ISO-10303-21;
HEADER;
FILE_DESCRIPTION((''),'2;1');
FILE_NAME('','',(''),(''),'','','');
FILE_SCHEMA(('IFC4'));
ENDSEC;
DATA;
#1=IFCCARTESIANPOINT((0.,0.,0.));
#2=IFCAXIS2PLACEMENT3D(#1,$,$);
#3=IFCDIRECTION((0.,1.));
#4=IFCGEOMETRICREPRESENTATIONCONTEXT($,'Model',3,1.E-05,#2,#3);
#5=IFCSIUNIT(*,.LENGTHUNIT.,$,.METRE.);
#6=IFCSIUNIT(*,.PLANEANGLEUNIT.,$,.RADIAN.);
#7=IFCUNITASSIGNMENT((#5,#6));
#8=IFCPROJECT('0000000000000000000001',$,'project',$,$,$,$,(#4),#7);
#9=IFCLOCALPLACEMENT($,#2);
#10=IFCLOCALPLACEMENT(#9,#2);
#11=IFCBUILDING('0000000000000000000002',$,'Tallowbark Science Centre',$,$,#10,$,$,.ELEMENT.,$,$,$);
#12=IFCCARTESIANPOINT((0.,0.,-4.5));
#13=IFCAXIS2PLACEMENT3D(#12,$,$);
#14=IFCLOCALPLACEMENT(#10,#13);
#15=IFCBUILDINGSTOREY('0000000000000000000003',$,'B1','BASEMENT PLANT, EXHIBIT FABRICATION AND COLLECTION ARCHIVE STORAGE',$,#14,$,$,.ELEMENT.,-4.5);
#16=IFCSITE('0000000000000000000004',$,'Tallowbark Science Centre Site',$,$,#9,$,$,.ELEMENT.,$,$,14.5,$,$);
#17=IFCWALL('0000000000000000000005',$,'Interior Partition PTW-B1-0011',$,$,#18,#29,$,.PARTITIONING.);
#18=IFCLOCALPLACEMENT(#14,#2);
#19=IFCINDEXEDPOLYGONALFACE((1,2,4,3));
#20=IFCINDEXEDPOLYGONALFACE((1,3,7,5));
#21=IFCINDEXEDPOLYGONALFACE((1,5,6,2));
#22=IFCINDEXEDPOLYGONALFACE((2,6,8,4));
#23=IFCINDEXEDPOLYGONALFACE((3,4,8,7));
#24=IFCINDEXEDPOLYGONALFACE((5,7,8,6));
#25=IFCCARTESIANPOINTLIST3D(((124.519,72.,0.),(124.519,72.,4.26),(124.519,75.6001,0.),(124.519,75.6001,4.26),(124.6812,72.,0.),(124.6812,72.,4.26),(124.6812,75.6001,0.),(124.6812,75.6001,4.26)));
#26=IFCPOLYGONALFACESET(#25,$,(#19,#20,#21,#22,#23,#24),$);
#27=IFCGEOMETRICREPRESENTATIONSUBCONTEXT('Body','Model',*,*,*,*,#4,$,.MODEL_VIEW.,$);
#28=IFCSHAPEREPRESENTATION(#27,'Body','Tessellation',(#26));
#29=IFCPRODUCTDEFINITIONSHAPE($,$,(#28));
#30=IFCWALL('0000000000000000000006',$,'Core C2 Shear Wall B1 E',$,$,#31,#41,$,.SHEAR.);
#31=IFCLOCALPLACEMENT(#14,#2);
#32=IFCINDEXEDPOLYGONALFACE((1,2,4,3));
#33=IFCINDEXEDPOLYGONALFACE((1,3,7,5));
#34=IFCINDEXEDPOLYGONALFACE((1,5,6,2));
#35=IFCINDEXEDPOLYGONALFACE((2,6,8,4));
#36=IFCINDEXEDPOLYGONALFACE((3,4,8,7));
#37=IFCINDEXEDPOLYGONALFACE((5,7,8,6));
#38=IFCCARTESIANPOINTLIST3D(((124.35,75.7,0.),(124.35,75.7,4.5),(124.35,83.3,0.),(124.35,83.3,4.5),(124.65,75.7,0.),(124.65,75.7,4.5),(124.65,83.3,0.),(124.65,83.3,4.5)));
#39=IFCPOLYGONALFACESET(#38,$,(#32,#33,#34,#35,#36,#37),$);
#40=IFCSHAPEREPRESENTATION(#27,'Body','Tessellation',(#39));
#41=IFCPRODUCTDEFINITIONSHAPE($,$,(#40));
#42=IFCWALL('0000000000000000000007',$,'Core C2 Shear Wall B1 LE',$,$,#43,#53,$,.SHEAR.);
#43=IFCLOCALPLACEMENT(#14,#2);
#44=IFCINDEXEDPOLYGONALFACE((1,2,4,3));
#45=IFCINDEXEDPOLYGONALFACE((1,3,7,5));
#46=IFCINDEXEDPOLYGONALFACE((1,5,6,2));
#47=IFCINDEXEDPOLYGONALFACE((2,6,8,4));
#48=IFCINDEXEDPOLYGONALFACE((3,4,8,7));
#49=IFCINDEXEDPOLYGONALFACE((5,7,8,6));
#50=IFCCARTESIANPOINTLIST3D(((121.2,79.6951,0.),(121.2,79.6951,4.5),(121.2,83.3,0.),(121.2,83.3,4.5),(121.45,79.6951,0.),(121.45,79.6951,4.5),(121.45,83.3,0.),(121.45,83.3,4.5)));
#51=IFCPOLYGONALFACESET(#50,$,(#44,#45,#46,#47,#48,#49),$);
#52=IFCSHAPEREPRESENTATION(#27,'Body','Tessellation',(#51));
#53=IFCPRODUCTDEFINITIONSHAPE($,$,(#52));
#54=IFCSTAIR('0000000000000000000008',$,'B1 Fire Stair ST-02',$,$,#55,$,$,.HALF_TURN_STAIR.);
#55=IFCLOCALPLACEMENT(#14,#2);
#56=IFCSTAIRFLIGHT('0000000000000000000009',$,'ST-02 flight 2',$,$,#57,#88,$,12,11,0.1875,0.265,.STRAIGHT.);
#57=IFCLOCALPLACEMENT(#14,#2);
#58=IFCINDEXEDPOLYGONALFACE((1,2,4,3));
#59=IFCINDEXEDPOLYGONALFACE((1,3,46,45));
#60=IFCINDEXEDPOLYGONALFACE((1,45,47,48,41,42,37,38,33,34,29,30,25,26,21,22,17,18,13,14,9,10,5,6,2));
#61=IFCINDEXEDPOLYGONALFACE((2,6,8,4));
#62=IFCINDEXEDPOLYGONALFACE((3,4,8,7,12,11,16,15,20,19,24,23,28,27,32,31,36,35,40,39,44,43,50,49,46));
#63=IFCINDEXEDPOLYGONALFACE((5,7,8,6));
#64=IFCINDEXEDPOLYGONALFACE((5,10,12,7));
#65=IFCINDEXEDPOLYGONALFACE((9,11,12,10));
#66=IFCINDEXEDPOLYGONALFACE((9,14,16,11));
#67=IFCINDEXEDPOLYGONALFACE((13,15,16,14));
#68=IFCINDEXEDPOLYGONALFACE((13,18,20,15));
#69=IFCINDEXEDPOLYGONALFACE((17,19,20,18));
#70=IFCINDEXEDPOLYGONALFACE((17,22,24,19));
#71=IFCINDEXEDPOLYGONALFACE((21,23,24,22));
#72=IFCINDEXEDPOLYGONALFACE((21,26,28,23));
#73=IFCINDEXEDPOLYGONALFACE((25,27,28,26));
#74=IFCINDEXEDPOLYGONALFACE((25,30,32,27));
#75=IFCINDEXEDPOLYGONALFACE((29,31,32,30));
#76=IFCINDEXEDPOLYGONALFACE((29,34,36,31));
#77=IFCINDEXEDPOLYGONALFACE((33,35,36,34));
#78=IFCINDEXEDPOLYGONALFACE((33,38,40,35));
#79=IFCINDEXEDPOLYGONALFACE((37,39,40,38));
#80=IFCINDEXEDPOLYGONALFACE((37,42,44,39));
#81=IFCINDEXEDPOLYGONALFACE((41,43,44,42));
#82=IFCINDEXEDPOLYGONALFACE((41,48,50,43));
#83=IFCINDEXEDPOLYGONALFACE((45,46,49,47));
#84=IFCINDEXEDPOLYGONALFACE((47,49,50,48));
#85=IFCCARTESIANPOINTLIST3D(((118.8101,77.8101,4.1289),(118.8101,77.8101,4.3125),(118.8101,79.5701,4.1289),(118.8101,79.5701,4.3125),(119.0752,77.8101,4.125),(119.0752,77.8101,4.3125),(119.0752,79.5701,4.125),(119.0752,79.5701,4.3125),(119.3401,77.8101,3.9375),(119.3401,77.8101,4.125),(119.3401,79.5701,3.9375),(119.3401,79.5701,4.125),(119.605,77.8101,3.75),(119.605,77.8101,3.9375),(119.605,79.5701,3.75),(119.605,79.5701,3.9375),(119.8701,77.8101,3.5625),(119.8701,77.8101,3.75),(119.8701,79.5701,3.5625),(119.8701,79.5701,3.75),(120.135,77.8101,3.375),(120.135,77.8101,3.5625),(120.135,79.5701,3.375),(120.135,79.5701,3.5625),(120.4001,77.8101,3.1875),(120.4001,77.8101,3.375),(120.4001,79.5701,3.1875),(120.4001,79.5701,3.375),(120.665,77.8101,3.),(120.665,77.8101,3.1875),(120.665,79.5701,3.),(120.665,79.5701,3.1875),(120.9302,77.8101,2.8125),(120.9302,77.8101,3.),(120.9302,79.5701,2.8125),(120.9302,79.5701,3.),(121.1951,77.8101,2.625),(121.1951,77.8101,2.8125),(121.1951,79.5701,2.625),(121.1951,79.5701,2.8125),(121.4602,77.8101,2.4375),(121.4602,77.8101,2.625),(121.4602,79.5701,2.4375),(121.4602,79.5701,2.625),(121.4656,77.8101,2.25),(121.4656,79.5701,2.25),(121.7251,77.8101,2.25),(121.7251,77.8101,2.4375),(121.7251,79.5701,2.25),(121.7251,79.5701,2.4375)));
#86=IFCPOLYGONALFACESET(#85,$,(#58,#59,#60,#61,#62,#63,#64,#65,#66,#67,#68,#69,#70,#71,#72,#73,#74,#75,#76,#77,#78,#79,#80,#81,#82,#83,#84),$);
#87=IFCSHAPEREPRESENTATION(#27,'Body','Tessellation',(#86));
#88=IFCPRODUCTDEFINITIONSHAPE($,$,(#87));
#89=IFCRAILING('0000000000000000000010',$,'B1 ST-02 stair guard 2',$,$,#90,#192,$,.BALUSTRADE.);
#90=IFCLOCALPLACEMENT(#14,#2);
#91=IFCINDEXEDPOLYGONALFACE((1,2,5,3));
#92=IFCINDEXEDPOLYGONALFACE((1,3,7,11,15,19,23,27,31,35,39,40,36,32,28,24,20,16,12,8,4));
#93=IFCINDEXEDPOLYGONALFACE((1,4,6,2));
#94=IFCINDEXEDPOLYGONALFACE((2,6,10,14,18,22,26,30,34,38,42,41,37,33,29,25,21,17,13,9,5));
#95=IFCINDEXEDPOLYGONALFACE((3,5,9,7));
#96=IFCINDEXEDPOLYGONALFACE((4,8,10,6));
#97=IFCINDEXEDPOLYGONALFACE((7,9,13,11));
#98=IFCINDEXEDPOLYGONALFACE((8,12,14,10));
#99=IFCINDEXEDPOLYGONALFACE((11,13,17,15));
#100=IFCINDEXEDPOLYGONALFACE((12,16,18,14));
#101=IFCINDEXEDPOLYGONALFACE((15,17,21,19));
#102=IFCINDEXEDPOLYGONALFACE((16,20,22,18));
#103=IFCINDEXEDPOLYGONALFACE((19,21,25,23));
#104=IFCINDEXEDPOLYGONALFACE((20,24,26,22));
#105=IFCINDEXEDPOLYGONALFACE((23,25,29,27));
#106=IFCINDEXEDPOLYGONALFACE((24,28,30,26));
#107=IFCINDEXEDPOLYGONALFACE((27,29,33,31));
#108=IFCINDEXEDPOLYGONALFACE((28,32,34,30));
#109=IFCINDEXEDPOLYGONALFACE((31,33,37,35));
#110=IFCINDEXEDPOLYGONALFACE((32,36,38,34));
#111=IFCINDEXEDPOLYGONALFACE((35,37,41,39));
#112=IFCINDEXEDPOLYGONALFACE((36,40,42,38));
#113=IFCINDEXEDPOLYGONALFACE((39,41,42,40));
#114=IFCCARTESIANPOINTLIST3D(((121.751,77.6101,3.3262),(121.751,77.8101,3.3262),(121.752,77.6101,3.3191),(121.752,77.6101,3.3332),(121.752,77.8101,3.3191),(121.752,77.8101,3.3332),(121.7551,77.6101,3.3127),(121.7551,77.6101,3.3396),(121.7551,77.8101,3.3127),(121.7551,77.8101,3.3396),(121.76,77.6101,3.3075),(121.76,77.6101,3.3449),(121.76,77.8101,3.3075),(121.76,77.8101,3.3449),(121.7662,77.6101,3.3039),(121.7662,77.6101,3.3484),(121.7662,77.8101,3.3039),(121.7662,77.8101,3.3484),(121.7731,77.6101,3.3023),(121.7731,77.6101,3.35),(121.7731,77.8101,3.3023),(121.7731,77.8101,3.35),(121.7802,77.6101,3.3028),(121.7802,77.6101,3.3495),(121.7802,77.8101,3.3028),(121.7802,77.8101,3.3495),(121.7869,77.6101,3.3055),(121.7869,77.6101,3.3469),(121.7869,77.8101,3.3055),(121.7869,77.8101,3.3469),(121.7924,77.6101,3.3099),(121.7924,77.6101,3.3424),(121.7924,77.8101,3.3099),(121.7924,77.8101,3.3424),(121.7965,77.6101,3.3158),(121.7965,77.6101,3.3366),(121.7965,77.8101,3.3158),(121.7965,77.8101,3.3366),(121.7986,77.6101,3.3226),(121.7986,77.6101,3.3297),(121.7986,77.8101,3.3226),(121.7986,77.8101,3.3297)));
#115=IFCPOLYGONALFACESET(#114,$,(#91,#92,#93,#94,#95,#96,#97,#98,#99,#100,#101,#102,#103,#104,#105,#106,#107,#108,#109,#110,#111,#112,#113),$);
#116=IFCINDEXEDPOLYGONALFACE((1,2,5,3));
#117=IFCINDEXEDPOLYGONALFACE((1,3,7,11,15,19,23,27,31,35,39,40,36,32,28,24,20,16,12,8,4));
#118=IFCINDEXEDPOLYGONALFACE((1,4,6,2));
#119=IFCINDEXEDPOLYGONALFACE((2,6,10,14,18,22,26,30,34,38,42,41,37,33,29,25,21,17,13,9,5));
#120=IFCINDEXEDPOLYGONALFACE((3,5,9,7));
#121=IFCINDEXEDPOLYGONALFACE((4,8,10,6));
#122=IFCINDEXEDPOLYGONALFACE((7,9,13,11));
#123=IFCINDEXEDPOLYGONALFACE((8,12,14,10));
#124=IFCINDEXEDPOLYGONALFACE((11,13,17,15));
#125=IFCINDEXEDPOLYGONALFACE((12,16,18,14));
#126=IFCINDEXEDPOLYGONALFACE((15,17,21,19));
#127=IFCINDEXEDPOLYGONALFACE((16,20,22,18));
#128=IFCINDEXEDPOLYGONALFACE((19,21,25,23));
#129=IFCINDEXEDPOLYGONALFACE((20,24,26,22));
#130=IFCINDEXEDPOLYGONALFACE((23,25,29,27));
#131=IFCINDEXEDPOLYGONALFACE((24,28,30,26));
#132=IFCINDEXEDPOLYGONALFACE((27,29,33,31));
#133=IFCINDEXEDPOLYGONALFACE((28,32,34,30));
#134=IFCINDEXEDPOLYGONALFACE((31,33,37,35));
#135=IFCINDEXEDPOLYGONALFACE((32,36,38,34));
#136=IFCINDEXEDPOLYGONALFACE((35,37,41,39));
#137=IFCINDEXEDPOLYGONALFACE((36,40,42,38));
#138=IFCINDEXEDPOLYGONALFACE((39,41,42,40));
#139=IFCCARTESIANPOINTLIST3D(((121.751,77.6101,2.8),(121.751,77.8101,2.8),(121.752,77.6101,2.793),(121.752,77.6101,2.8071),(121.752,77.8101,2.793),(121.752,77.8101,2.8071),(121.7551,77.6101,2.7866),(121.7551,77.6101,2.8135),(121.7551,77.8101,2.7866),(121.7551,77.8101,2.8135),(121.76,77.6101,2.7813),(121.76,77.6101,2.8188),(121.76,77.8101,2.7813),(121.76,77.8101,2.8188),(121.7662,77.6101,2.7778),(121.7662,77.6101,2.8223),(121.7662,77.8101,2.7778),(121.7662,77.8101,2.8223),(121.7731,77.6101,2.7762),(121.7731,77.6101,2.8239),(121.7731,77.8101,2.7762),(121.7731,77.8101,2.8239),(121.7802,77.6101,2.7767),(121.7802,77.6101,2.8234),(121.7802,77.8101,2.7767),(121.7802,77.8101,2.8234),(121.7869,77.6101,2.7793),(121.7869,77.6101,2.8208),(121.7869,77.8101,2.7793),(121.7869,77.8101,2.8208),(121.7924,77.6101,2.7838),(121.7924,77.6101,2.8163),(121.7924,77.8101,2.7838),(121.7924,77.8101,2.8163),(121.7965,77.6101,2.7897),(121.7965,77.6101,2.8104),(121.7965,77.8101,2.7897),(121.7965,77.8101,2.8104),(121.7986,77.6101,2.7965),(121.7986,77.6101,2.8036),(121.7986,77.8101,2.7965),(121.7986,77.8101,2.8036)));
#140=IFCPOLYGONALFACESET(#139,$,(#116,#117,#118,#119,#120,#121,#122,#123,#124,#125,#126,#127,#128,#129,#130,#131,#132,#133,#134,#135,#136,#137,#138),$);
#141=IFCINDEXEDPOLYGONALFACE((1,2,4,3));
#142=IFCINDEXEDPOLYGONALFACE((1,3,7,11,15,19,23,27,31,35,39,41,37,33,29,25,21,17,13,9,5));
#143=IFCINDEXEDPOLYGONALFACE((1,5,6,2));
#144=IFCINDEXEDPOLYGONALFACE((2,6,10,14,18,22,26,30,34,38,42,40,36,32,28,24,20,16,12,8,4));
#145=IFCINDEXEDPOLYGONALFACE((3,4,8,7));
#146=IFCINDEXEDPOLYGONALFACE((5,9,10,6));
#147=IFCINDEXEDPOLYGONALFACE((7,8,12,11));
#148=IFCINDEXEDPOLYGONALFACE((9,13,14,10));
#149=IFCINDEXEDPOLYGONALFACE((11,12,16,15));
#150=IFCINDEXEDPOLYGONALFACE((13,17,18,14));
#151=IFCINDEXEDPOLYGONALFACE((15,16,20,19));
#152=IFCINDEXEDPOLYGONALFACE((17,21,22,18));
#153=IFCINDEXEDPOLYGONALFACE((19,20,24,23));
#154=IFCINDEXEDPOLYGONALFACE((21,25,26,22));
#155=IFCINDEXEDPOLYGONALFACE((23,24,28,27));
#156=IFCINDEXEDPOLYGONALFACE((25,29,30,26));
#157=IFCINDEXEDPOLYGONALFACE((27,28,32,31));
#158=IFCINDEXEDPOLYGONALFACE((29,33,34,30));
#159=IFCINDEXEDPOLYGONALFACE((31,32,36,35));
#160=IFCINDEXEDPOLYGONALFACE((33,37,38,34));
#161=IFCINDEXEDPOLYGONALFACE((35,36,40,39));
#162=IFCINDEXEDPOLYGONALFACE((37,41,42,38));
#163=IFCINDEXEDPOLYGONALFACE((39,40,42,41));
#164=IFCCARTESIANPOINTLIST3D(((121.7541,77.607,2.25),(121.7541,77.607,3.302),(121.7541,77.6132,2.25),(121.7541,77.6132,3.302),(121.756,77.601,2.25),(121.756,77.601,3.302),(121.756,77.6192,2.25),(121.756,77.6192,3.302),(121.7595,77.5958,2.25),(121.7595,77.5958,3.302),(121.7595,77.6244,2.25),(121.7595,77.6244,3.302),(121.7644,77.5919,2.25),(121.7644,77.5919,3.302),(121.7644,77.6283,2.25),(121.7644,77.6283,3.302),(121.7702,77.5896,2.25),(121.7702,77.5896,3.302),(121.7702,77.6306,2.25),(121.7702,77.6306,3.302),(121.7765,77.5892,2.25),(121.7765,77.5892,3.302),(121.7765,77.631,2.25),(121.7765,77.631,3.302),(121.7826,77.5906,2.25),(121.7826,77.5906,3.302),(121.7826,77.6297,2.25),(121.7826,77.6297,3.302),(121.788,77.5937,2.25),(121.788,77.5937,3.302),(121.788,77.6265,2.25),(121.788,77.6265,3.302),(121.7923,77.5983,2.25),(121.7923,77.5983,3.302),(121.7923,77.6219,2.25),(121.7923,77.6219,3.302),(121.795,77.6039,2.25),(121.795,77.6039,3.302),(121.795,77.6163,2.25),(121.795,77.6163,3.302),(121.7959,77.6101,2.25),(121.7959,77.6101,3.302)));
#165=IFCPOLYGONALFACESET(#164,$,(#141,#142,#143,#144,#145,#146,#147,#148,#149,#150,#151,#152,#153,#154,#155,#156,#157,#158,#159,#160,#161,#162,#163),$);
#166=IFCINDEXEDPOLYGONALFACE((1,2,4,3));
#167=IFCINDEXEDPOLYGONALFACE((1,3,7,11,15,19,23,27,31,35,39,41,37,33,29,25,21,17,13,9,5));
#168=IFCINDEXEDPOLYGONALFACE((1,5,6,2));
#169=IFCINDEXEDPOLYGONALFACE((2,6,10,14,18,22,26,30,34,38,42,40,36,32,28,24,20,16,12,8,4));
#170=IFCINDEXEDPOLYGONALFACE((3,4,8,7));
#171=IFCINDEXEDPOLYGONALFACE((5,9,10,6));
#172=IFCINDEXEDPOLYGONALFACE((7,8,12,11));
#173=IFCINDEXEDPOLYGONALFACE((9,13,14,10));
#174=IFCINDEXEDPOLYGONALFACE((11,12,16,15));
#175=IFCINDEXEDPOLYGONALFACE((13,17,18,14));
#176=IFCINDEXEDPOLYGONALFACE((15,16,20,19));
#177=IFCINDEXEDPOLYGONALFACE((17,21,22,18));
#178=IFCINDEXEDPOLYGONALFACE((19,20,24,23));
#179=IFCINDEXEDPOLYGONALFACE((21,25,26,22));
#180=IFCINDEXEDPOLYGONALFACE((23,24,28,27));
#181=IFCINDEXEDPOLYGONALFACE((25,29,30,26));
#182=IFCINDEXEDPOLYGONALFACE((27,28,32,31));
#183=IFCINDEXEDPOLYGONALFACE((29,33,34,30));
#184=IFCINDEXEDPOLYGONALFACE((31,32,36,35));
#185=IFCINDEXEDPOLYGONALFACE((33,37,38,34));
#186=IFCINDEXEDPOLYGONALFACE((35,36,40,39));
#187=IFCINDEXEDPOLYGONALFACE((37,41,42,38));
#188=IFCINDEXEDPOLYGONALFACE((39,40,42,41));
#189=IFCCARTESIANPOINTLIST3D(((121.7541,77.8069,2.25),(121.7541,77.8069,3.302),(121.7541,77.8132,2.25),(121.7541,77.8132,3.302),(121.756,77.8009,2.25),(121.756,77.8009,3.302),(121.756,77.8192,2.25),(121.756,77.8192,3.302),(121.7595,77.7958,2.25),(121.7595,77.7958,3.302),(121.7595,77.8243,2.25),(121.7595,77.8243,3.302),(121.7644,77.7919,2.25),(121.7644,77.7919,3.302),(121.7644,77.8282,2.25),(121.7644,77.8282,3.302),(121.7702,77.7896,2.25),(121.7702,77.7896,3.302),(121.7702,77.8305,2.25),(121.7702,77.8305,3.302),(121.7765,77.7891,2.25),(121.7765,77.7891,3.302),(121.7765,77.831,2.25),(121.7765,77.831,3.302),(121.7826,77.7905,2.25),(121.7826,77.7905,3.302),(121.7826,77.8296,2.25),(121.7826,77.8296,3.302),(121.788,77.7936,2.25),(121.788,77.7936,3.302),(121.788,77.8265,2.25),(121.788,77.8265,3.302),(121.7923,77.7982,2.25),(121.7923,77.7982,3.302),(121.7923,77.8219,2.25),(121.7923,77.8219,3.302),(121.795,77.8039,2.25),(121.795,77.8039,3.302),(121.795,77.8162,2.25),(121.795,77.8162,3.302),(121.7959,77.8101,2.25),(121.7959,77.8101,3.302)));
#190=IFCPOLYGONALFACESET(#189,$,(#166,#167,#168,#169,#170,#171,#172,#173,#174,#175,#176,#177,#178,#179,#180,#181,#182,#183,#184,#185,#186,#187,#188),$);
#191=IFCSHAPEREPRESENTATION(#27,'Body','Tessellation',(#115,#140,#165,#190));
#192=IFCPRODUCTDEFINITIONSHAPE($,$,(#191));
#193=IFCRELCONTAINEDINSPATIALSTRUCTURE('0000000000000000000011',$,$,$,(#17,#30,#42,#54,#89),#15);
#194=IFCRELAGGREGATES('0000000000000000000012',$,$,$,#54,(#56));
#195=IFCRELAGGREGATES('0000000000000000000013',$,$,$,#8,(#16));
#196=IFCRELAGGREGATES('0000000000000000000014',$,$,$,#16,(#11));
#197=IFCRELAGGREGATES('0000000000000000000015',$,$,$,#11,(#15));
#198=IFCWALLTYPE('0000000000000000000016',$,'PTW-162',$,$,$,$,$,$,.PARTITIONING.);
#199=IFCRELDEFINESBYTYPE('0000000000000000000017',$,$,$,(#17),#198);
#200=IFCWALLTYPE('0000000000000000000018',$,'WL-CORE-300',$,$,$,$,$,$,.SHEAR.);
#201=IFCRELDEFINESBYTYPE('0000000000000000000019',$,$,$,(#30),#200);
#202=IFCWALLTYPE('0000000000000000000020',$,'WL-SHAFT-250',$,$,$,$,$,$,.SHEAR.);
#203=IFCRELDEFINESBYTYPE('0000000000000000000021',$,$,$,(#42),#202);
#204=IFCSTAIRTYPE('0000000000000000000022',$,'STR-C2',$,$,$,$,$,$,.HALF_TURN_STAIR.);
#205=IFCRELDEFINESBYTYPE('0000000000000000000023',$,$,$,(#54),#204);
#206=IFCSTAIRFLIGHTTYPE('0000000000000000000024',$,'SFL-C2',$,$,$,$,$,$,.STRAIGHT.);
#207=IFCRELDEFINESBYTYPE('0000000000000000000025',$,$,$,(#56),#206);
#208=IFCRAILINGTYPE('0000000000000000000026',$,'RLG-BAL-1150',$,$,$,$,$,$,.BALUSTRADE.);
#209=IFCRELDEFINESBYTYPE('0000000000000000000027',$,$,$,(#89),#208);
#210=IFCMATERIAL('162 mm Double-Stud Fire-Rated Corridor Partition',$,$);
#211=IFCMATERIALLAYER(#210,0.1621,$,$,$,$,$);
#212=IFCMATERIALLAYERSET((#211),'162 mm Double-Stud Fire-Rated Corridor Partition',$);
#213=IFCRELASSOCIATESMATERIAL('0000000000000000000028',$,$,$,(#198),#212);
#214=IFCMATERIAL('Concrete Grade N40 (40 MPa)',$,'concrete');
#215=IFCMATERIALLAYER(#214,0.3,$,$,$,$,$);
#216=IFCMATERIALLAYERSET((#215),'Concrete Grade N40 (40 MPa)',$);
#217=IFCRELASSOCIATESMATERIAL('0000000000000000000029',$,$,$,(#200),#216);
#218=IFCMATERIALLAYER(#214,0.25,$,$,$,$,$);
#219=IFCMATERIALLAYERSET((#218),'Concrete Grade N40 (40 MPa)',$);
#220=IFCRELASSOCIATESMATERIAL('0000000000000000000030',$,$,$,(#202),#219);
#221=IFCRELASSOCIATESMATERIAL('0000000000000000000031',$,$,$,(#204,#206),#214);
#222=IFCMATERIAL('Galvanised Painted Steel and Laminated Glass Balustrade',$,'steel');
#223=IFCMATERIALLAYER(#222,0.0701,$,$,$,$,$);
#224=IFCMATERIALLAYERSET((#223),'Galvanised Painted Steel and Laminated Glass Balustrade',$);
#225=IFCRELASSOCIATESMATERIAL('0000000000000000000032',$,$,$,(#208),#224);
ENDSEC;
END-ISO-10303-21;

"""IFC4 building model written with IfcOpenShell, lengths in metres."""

from ifc_helpers import new_model, si_unit, direction, frame, frame_2d, origin, origin_2d, place, context, subcontext, project, spatial, polyline, rectangle, circle, outline, extrude, material, layer, layer_set, type_object, element, aggregate, save


model = new_model("IFC4")

# Units and contexts
model_context = context("Model", 3, precision=1e-05, world=origin(), true_north=direction((0.0, 1.0)))
body_context = subcontext(model_context, "Body", "Model", "MODEL_VIEW")
ifc_project = project(units=[si_unit("LENGTHUNIT", "METRE"), si_unit("PLANEANGLEUNIT", "RADIAN")], contexts=[model_context])

# Site, building, storey
site_placement = place(None, origin())
site = spatial("IfcSite", under=ifc_project, at=site_placement, Name="Tallowbark Science Centre Site", CompositionType="ELEMENT", RefElevation=14.5)
building_placement = place(site_placement, origin())
building = spatial("IfcBuilding", under=site, at=building_placement, Name="Tallowbark Science Centre", CompositionType="ELEMENT")
storey_placement = place(building_placement, frame((0.0, 0.0, -4.5)))
storey = spatial("IfcBuildingStorey", under=building, at=storey_placement, Name="B1", Description="BASEMENT PLANT, EXHIBIT FABRICATION AND COLLECTION ARCHIVE STORAGE", CompositionType="ELEMENT", Elevation=-4.5)

# Shared definitions
ifc_material_1 = material(Name="Concrete Grade N40 (40 MPa)", Category="concrete")

# Walls
ifc_material_2 = material(Name="162 mm Double-Stud Fire-Rated Corridor Partition")
ifc_layer_1 = layer(ifc_material_2, 0.1621)
ifc_layer_set_1 = layer_set([ifc_layer_1], Name="162 mm Double-Stud Fire-Rated Corridor Partition")
wall_type_1 = type_object("IfcWallType", Name="PTW-162", PredefinedType="PARTITIONING", material=ifc_layer_set_1)
wall_1_placement = place(storey_placement, frame((124.6001, 72.0, 0.0), z_axis=(0.0, 0.0, 1.0), x_axis=(0.0, 1.0, 0.0)))
element("IfcWall", 1, at=wall_1_placement, inside=storey, type_object=wall_type_1, Name="Interior Partition PTW-B1-0011", PredefinedType="PARTITIONING", context=body_context, shape_type="SweptSolid", body=[
    extrude(rectangle(XDim=3.6001, YDim=0.1621, at=frame_2d((1.8, 0.0))), origin(), (0.0, 0.0, 1.0), 4.26),
])
ifc_layer_2 = layer(ifc_material_1, 0.3)
ifc_layer_set_2 = layer_set([ifc_layer_2], Name="Concrete Grade N40 (40 MPa)")
wall_type_2 = type_object("IfcWallType", Name="WL-CORE-300", PredefinedType="SHEAR", material=ifc_layer_set_2)
wall_2_placement = place(storey_placement, frame((124.5, 75.7, 0.0), z_axis=(0.0, 0.0, 1.0), x_axis=(0.0, 1.0, 0.0)))
element("IfcWall", 2, at=wall_2_placement, inside=storey, type_object=wall_type_2, Name="Core C2 Shear Wall B1 E", PredefinedType="SHEAR", context=body_context, shape_type="SweptSolid", body=[
    extrude(rectangle(XDim=7.6001, YDim=0.3, at=frame_2d((3.8, 0.0))), origin(), (0.0, 0.0, 1.0), 4.5),
])
ifc_layer_3 = layer(ifc_material_1, 0.25)
ifc_layer_set_3 = layer_set([ifc_layer_3], Name="Concrete Grade N40 (40 MPa)")
wall_type_3 = type_object("IfcWallType", Name="WL-SHAFT-250", PredefinedType="SHEAR", material=ifc_layer_set_3)
wall_3_placement = place(storey_placement, frame((121.325, 79.6951, 0.0), z_axis=(0.0, 0.0, 1.0), x_axis=(0.0, 1.0, 0.0)))
element("IfcWall", 3, at=wall_3_placement, inside=storey, type_object=wall_type_3, Name="Core C2 Shear Wall B1 LE", PredefinedType="SHEAR", context=body_context, shape_type="SweptSolid", body=[
    extrude(rectangle(XDim=3.605, YDim=0.25, at=frame_2d((1.8025, 0.0))), origin(), (0.0, 0.0, 1.0), 4.5),
])

# Stair, stair flight
stair_type = type_object("IfcStairType", Name="STR-C2", PredefinedType="HALF_TURN_STAIR", material=ifc_material_1)
stair_placement = place(storey_placement, origin())
stair = element("IfcStair", 4, at=stair_placement, inside=storey, type_object=stair_type, Name="B1 Fire Stair ST-02", PredefinedType="HALF_TURN_STAIR")
stair_flight_type = type_object("IfcStairFlightType", Name="SFL-C2", PredefinedType="STRAIGHT", material=ifc_material_1)
stair_flight_placement = place(storey_placement, frame((121.7251, 78.6899, 2.25), z_axis=(0.0, 0.0, 1.0), x_axis=(-1.0, 0.0, 0.0)))
stair_flight = element("IfcStairFlight", 5, at=stair_flight_placement, type_object=stair_flight_type, Name="ST-02 flight 2", NumberOfRisers=12, NumberOfTreads=11, PredefinedType="STRAIGHT", RiserHeight=0.1875, TreadLength=0.265, context=body_context, shape_type="SweptSolid", body=[
    extrude(outline(polyline([(0.0, 0.0), (0.0, 0.1875), (0.2649, 0.1875), (0.2649, 0.375), (0.53, 0.375), (0.53, 0.5625), (0.7949, 0.5625), (0.7949, 0.75), (1.0601, 0.75), (1.0601, 0.9375), (1.325, 0.9375), (1.325, 1.125), (1.5901, 1.125), (1.5901, 1.3125), (1.855, 1.3125), (1.855, 1.5), (2.1201, 1.5), (2.1201, 1.6875), (2.385, 1.6875), (2.385, 1.875), (2.6499, 1.875), (2.6499, 2.0625), (2.915, 2.0625), (2.915, 2.25), (2.915, 1.8789), (0.2595, 0.0), (0.0, 0.0)])), frame((0.0, 0.8799, 0.0), z_axis=(0.0, -1.0, 0.0), x_axis=(1.0, 0.0, 0.0)), (0.0, 0.0, 1.0), 1.76),
])
aggregate(stair, [stair_flight])

# Railing
ifc_material_3 = material(Name="Galvanised Painted Steel and Laminated Glass Balustrade", Category="steel")
ifc_layer_4 = layer(ifc_material_3, 0.0701)
ifc_layer_set_4 = layer_set([ifc_layer_4], Name="Galvanised Painted Steel and Laminated Glass Balustrade")
railing_type_1 = type_object("IfcRailingType", Name="RLG-BAL-1150", PredefinedType="BALUSTRADE", material=ifc_layer_set_4)
railing_1_placement = place(storey_placement, frame((121.7749, 77.6101, 2.25)))
element("IfcRailing", 6, at=railing_1_placement, inside=storey, type_object=railing_type_1, Name="B1 ST-02 stair guard 2", PredefinedType="BALUSTRADE", context=body_context, shape_type="SweptSolid", body=[
    extrude(circle(Radius=0.0239, at=origin_2d()), frame((0.0, 0.0, 1.0762), z_axis=(0.0, 1.0, 0.0), x_axis=(-1.0, 0.0, 0.0)), (0.0, 0.0, 1.0), 0.2),
    extrude(circle(Radius=0.0239, at=origin_2d()), frame((0.0, 0.0, 0.55), z_axis=(0.0, 1.0, 0.0), x_axis=(-1.0, 0.0, 0.0)), (0.0, 0.0, 1.0), 0.2),
    extrude(circle(Radius=0.021, at=origin_2d()), origin(), (0.0, 0.0, 1.0), 1.052),
    extrude(circle(Radius=0.021, at=origin_2d()), frame((0.0, 0.2, 0.0)), (0.0, 0.0, 1.0), 1.052),
])

save(model, "model.ifc")
